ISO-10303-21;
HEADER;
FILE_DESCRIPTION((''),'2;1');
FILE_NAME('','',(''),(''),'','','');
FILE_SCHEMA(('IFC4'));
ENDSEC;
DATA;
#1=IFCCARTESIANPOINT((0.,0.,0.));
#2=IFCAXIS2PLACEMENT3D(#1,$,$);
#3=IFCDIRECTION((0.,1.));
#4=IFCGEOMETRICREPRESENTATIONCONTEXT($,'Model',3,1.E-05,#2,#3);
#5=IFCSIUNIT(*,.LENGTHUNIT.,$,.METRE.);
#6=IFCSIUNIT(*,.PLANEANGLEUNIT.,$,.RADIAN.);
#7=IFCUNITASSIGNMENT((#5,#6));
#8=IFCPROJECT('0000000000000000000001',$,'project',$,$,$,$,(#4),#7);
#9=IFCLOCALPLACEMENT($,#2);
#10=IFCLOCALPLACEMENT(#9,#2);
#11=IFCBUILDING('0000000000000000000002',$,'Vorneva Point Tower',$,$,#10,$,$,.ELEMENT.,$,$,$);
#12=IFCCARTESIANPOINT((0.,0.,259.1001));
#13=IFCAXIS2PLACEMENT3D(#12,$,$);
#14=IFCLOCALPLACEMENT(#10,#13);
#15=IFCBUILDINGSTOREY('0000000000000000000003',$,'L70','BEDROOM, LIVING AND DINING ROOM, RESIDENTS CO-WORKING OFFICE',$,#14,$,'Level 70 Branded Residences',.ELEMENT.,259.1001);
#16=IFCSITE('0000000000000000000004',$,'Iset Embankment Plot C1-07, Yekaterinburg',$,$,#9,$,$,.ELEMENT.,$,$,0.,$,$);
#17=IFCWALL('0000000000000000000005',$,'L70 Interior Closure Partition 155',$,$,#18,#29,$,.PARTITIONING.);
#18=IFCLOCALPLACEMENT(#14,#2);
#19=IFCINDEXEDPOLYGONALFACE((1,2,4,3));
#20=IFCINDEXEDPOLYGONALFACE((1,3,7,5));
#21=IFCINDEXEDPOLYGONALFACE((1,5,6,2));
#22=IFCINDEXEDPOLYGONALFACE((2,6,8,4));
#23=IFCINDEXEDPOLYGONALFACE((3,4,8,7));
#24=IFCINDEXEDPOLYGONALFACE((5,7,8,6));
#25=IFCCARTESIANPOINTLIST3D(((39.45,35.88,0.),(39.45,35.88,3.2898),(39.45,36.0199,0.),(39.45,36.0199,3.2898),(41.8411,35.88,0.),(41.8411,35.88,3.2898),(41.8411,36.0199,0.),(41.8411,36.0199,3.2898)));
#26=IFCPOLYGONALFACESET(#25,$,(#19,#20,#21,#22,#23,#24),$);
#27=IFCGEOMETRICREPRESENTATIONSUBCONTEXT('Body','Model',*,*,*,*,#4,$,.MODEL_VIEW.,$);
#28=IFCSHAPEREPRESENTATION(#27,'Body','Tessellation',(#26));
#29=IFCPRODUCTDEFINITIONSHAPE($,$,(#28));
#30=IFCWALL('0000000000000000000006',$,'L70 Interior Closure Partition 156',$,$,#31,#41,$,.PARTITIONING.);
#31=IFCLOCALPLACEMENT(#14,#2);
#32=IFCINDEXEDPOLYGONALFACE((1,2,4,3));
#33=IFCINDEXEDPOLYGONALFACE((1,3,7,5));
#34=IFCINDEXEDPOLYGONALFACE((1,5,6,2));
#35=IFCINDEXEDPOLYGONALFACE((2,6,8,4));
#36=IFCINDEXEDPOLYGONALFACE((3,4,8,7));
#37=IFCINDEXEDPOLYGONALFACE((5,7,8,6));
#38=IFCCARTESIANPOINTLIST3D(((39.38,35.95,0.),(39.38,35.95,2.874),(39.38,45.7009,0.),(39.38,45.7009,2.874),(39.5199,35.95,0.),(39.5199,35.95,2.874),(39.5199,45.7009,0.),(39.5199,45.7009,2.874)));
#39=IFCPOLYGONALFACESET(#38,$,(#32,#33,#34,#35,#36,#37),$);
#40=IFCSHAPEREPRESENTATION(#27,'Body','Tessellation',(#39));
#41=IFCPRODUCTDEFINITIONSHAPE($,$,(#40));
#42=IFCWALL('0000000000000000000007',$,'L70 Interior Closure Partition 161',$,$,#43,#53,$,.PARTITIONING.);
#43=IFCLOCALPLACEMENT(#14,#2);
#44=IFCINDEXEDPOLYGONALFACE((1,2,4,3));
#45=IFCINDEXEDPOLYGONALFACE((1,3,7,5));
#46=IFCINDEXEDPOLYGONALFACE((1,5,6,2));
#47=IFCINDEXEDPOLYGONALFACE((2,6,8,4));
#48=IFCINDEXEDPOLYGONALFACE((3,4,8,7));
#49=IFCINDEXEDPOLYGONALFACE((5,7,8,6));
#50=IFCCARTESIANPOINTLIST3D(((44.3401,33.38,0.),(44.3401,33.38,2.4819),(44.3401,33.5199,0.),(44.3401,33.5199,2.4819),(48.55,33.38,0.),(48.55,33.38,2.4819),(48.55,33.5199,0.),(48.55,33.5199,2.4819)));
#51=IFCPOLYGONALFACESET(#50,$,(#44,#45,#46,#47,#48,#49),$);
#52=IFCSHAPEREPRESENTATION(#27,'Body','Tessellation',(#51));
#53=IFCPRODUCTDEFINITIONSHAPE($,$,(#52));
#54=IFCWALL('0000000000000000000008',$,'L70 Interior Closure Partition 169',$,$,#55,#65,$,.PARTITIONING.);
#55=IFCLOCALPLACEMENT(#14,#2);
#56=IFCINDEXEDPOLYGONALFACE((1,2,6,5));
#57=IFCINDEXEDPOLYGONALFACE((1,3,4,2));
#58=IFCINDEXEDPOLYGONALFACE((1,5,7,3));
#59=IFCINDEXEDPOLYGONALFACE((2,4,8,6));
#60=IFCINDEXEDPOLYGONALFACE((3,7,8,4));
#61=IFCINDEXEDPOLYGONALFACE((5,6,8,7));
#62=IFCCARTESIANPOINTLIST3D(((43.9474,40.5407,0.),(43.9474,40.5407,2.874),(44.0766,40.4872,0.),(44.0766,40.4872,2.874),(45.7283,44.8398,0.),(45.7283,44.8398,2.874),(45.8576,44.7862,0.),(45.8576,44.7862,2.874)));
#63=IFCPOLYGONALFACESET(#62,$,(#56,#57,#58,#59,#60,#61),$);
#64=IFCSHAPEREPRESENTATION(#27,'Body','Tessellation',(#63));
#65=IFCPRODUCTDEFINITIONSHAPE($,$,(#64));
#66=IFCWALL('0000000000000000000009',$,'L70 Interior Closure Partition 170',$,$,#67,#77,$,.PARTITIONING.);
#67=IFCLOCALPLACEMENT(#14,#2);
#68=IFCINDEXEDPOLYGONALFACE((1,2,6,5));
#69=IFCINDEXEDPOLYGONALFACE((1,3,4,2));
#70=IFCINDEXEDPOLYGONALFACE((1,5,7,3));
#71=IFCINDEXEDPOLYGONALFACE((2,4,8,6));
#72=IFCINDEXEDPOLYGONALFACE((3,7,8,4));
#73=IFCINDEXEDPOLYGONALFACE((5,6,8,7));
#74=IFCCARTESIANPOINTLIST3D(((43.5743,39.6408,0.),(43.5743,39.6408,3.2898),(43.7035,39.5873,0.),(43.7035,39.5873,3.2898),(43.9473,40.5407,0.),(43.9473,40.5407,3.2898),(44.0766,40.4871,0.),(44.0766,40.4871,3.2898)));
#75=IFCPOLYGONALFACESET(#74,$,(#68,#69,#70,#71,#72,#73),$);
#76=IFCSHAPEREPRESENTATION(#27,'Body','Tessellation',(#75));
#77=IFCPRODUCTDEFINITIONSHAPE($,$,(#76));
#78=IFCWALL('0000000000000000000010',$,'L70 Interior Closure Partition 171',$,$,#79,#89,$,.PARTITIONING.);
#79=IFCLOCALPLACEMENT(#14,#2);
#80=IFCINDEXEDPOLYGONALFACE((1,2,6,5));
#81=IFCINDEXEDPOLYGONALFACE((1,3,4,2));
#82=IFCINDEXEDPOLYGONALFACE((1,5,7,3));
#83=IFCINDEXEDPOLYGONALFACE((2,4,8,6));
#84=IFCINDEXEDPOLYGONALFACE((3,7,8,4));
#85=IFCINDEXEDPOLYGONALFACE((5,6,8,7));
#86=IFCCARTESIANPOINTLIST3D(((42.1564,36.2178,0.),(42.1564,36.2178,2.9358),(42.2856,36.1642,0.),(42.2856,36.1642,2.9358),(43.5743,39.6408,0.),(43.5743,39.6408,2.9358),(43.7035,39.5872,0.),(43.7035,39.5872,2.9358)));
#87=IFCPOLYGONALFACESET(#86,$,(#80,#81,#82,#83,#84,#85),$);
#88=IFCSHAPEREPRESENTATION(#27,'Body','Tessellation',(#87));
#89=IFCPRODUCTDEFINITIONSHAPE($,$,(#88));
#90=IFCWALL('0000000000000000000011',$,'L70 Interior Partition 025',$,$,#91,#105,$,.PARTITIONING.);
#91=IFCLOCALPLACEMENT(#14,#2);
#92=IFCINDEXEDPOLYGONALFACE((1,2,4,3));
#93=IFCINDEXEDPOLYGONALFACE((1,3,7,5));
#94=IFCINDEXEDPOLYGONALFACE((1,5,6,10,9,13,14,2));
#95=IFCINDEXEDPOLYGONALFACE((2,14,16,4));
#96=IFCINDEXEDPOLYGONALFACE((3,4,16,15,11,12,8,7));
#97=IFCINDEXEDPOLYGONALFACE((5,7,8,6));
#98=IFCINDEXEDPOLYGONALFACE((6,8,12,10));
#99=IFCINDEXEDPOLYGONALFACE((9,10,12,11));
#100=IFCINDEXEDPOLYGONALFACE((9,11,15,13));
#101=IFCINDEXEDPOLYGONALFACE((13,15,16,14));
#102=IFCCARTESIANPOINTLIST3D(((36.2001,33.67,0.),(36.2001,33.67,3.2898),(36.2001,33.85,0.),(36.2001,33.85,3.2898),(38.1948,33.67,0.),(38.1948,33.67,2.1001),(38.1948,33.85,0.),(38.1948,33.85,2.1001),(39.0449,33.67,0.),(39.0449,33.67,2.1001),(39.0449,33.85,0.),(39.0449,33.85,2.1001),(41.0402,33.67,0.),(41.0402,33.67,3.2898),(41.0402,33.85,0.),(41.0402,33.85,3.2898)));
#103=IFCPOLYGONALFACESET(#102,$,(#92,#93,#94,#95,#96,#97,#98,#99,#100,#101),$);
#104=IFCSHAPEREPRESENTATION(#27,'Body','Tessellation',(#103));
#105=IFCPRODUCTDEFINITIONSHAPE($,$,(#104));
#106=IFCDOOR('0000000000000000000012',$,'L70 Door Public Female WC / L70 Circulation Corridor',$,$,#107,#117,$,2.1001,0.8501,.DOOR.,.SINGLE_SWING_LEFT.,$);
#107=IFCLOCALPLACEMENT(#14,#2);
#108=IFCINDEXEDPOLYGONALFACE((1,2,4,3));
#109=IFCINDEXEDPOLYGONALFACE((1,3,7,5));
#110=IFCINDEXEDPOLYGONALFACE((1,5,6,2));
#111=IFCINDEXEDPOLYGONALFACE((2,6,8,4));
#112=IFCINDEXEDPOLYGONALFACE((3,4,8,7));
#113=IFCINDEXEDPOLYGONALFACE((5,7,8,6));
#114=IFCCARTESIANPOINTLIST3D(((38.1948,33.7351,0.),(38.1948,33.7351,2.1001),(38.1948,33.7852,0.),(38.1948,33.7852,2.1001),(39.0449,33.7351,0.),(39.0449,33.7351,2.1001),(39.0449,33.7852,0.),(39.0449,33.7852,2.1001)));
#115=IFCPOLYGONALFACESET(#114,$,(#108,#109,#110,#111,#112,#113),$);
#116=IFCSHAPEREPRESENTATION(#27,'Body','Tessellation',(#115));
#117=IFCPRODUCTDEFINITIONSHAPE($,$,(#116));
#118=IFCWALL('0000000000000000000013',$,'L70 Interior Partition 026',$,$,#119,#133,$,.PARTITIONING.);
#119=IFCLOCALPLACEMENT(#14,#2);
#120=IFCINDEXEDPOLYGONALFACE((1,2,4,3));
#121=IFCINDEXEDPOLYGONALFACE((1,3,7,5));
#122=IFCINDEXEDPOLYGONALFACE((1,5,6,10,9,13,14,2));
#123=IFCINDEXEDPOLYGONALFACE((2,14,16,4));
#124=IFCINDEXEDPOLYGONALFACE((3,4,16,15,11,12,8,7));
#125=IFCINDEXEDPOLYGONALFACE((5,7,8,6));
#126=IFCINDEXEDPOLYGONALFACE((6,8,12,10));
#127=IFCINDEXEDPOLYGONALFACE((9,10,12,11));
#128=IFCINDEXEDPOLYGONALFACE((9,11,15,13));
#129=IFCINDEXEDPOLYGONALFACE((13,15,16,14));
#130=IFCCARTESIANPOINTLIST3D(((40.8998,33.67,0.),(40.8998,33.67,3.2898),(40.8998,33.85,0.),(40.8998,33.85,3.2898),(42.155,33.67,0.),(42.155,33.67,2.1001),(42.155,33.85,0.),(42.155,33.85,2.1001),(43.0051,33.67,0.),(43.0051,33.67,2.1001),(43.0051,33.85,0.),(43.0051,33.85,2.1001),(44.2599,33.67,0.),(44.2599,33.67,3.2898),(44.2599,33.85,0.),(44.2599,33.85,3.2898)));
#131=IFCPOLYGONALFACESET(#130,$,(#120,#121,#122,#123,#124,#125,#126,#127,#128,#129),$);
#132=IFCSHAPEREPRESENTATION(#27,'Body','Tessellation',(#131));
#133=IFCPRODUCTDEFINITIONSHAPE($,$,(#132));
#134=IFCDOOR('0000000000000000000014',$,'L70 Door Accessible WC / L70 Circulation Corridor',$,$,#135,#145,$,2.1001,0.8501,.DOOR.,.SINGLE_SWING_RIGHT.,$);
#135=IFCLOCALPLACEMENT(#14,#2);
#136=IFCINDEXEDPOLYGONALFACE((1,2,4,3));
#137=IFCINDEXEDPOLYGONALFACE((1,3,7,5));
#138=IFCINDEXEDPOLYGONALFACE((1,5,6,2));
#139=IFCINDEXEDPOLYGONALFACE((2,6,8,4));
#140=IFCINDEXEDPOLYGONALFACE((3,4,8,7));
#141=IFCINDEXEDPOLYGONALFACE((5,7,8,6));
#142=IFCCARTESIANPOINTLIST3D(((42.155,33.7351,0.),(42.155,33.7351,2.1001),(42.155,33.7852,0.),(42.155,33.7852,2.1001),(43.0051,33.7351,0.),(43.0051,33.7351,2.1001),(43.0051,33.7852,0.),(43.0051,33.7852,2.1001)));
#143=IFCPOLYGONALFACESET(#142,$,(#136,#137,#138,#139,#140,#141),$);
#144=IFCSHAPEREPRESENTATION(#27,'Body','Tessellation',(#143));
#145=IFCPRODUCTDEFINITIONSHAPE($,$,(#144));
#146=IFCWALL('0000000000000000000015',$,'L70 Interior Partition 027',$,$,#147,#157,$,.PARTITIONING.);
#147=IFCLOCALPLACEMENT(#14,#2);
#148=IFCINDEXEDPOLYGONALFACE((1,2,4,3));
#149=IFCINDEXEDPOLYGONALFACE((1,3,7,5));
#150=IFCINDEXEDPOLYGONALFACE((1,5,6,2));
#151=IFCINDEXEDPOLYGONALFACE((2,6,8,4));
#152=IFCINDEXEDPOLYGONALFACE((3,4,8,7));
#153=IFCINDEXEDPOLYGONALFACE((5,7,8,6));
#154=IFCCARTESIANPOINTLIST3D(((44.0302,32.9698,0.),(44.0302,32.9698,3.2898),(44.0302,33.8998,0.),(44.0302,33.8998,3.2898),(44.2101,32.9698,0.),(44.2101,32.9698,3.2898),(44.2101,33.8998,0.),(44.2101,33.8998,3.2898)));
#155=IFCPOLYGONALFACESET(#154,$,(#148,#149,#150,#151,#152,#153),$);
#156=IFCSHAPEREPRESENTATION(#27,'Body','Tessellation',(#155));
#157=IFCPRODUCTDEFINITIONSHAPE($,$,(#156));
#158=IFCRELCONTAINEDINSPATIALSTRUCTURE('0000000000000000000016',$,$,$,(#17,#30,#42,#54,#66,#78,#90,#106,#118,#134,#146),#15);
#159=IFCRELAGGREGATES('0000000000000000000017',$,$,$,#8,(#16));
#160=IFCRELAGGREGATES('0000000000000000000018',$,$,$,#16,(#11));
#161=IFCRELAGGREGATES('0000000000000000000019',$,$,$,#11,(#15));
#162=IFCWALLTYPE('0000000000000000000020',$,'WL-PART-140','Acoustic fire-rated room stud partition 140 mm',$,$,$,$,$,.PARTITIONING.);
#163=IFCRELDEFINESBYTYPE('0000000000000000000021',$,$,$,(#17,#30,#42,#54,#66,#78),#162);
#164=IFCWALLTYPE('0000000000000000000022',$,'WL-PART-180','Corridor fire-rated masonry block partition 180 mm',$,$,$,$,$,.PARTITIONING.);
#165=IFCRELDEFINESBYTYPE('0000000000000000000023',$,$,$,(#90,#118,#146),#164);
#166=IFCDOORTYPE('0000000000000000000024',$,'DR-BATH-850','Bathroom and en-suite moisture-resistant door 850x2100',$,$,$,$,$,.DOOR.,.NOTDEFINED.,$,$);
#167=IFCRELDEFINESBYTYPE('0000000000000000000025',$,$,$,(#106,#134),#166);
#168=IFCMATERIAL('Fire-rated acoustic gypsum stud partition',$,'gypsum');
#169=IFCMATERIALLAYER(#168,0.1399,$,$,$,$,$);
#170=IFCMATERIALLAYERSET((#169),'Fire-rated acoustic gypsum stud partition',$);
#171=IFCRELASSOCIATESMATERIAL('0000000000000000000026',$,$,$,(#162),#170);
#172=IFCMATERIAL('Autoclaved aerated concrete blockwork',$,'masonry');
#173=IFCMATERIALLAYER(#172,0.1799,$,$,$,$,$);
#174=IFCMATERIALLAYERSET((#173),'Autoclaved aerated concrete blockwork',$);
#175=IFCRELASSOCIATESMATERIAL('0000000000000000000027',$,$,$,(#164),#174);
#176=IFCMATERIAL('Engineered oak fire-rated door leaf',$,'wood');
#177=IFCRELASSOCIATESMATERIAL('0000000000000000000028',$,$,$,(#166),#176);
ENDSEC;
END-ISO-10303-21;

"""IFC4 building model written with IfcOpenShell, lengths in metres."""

from ifc_helpers import new_model, si_unit, direction, frame, frame_2d, origin, place, context, subcontext, project, spatial, rectangle, extrude, material, layer, layer_set, type_object, element, fill, save


model = new_model("IFC4")

# Units and contexts
model_context = context("Model", 3, precision=1e-05, world=origin(), true_north=direction((0.0, 1.0)))
body_context = subcontext(model_context, "Body", "Model", "MODEL_VIEW")
ifc_project = project(units=[si_unit("LENGTHUNIT", "METRE"), si_unit("PLANEANGLEUNIT", "RADIAN")], contexts=[model_context])

# Site, building, storey
site_placement = place(None, origin())
site = spatial("IfcSite", under=ifc_project, at=site_placement, Name="Iset Embankment Plot C1-07, Yekaterinburg", CompositionType="ELEMENT", RefElevation=0.0)
building_placement = place(site_placement, origin())
building = spatial("IfcBuilding", under=site, at=building_placement, Name="Vorneva Point Tower", CompositionType="ELEMENT")
storey_placement = place(building_placement, frame((0.0, 0.0, 259.1001)))
storey = spatial("IfcBuildingStorey", under=building, at=storey_placement, Name="L70", Description="BEDROOM, LIVING AND DINING ROOM, RESIDENTS CO-WORKING OFFICE", LongName="Level 70 Branded Residences", CompositionType="ELEMENT", Elevation=259.1001)

# Walls
ifc_material_1 = material(Name="Fire-rated acoustic gypsum stud partition", Category="gypsum")
ifc_layer_1 = layer(ifc_material_1, 0.1399)
ifc_layer_set_1 = layer_set([ifc_layer_1], Name="Fire-rated acoustic gypsum stud partition")
wall_type_1 = type_object("IfcWallType", Name="WL-PART-140", Description="Acoustic fire-rated room stud partition 140 mm", PredefinedType="PARTITIONING", material=ifc_layer_set_1)
wall_1_placement = place(storey_placement, frame((41.8411, 35.95, 0.0), z_axis=(0.0, 0.0, 1.0), x_axis=(-1.0, 0.0, 0.0)))
element("IfcWall", 1, at=wall_1_placement, inside=storey, type_object=wall_type_1, Name="L70 Interior Closure Partition 155", PredefinedType="PARTITIONING", context=body_context, shape_type="SweptSolid", body=[
    extrude(rectangle(XDim=2.3911, YDim=0.1399, at=frame_2d((1.1956, 0.0))), origin(), (0.0, 0.0, 1.0), 3.2898),
])
wall_2_placement = place(storey_placement, frame((39.45, 35.95, 0.0), z_axis=(0.0, 0.0, 1.0), x_axis=(0.0, 1.0, 0.0)))
element("IfcWall", 2, at=wall_2_placement, inside=storey, type_object=wall_type_1, Name="L70 Interior Closure Partition 156", PredefinedType="PARTITIONING", context=body_context, shape_type="SweptSolid", body=[
    extrude(rectangle(XDim=9.751, YDim=0.1399, at=frame_2d((4.8755, 0.0))), origin(), (0.0, 0.0, 1.0), 2.874),
])
wall_3_placement = place(storey_placement, frame((48.55, 33.45, 0.0), z_axis=(0.0, 0.0, 1.0), x_axis=(-1.0, 0.0, 0.0)))
element("IfcWall", 3, at=wall_3_placement, inside=storey, type_object=wall_type_1, Name="L70 Interior Closure Partition 161", PredefinedType="PARTITIONING", context=body_context, shape_type="SweptSolid", body=[
    extrude(rectangle(XDim=4.21, YDim=0.1399, at=frame_2d((2.105, 0.0))), origin(), (0.0, 0.0, 1.0), 2.4819),
])
wall_4_placement = place(storey_placement, frame((45.793, 44.813, 0.0), z_axis=(0.0, 0.0, 1.0), x_axis=(-0.382733, -0.923859, 0.0)))
element("IfcWall", 4, at=wall_4_placement, inside=storey, type_object=wall_type_1, Name="L70 Interior Closure Partition 169", PredefinedType="PARTITIONING", context=body_context, shape_type="SweptSolid", body=[
    extrude(rectangle(XDim=4.6533, YDim=0.1399, at=frame_2d((2.3267, 0.0))), origin(), (0.0, 0.0, 1.0), 2.874),
])
wall_5_placement = place(storey_placement, frame((44.012, 40.5139, 0.0), z_axis=(0.0, 0.0, 1.0), x_axis=(-0.382942, -0.923772, 0.0)))
element("IfcWall", 5, at=wall_5_placement, inside=storey, type_object=wall_type_1, Name="L70 Interior Closure Partition 170", PredefinedType="PARTITIONING", context=body_context, shape_type="SweptSolid", body=[
    extrude(rectangle(XDim=0.9741, YDim=0.1399, at=frame_2d((0.4871, 0.0))), origin(), (0.0, 0.0, 1.0), 3.2898),
])
wall_6_placement = place(storey_placement, frame((43.6389, 39.614, 0.0), z_axis=(0.0, 0.0, 1.0), x_axis=(-0.382701, -0.923872, 0.0)))
element("IfcWall", 6, at=wall_6_placement, inside=storey, type_object=wall_type_1, Name="L70 Interior Closure Partition 171", PredefinedType="PARTITIONING", context=body_context, shape_type="SweptSolid", body=[
    extrude(rectangle(XDim=3.7051, YDim=0.1399, at=frame_2d((1.8525, 0.0))), origin(), (0.0, 0.0, 1.0), 2.9358),
])

# Walls, openings, doors
ifc_material_2 = material(Name="Autoclaved aerated concrete blockwork", Category="masonry")
ifc_layer_2 = layer(ifc_material_2, 0.1799)
ifc_layer_set_2 = layer_set([ifc_layer_2], Name="Autoclaved aerated concrete blockwork")
wall_type_2 = type_object("IfcWallType", Name="WL-PART-180", Description="Corridor fire-rated masonry block partition 180 mm", PredefinedType="PARTITIONING", material=ifc_layer_set_2)
wall_7_placement = place(storey_placement, frame((41.04, 33.76, 0.0), z_axis=(0.0, 0.0, 1.0), x_axis=(-1.0, 0.0, 0.0)))
wall_7 = element("IfcWall", 7, at=wall_7_placement, inside=storey, type_object=wall_type_2, Name="L70 Interior Partition 025", PredefinedType="PARTITIONING", context=body_context, shape_type="SweptSolid", body=[
    extrude(rectangle(XDim=4.8401, YDim=0.1799, at=frame_2d((2.4199, 0.0))), origin(), (0.0, 0.0, 1.0), 3.2898),
])
opening_1_placement = place(wall_7_placement, frame((1.9951, 0.0, 0.0)))
opening_1 = element("IfcOpeningElement", 8, at=opening_1_placement, cuts=wall_7, PredefinedType="OPENING", context=body_context, shape_type="SweptSolid", body=[
    extrude(rectangle(XDim=0.8501, YDim=2.1001, at=frame_2d((0.425, 1.05))), frame((0.0, 0.105, 0.0), z_axis=(0.0, -1.0, 0.0), x_axis=(1.0, 0.0, 0.0)), (0.0, 0.0, 1.0), 0.2097),
])
ifc_material_3 = material(Name="Engineered oak fire-rated door leaf", Category="wood")
door_type = type_object("IfcDoorType", Name="DR-BATH-850", Description="Bathroom and en-suite moisture-resistant door 850x2100", OperationType="NOTDEFINED", PredefinedType="DOOR", material=ifc_material_3)
door_1_placement = place(opening_1_placement, origin())
door_1 = element("IfcDoor", 9, at=door_1_placement, inside=storey, type_object=door_type, Name="L70 Door Public Female WC / L70 Circulation Corridor", OperationType="SINGLE_SWING_LEFT", OverallHeight=2.1001, OverallWidth=0.8501, PredefinedType="DOOR", context=body_context, shape_type="SweptSolid", body=[
    extrude(rectangle(XDim=0.8501, YDim=2.1001, at=frame_2d((0.425, 1.05))), frame((0.0, 0.0249, 0.0), z_axis=(0.0, -1.0, 0.0), x_axis=(1.0, 0.0, 0.0)), (0.0, 0.0, 1.0), 0.05),
])
fill(opening_1, door_1)
wall_8_placement = place(storey_placement, frame((44.26, 33.76, 0.0), z_axis=(0.0, 0.0, 1.0), x_axis=(-1.0, 0.0, 0.0)))
wall_8 = element("IfcWall", 10, at=wall_8_placement, inside=storey, type_object=wall_type_2, Name="L70 Interior Partition 026", PredefinedType="PARTITIONING", context=body_context, shape_type="SweptSolid", body=[
    extrude(rectangle(XDim=3.3601, YDim=0.1799, at=frame_2d((1.6802, 0.0))), origin(), (0.0, 0.0, 1.0), 3.2898),
])
opening_2_placement = place(wall_8_placement, frame((1.2549, 0.0, 0.0)))
opening_2 = element("IfcOpeningElement", 11, at=opening_2_placement, cuts=wall_8, PredefinedType="OPENING", context=body_context, shape_type="SweptSolid", body=[
    extrude(rectangle(XDim=0.8501, YDim=2.1001, at=frame_2d((0.425, 1.05))), frame((0.0, 0.105, 0.0), z_axis=(0.0, -1.0, 0.0), x_axis=(1.0, 0.0, 0.0)), (0.0, 0.0, 1.0), 0.2097),
])
door_2_placement = place(opening_2_placement, origin())
door_2 = element("IfcDoor", 12, at=door_2_placement, inside=storey, type_object=door_type, Name="L70 Door Accessible WC / L70 Circulation Corridor", OperationType="SINGLE_SWING_RIGHT", OverallHeight=2.1001, OverallWidth=0.8501, PredefinedType="DOOR", context=body_context, shape_type="SweptSolid", body=[
    extrude(rectangle(XDim=0.8501, YDim=2.1001, at=frame_2d((0.425, 1.05))), frame((0.0, 0.0249, 0.0), z_axis=(0.0, -1.0, 0.0), x_axis=(1.0, 0.0, 0.0)), (0.0, 0.0, 1.0), 0.05),
])
fill(opening_2, door_2)

# Wall
wall_9_placement = place(storey_placement, frame((44.1201, 32.97, 0.0), z_axis=(0.0, 0.0, 1.0), x_axis=(0.0, 1.0, 0.0)))
element("IfcWall", 13, at=wall_9_placement, inside=storey, type_object=wall_type_2, Name="L70 Interior Partition 027", PredefinedType="PARTITIONING", context=body_context, shape_type="SweptSolid", body=[
    extrude(rectangle(XDim=0.9299, YDim=0.1799, at=frame_2d((0.4648, 0.0))), origin(), (0.0, 0.0, 1.0), 3.2898),
])

save(model, "model.ifc")
